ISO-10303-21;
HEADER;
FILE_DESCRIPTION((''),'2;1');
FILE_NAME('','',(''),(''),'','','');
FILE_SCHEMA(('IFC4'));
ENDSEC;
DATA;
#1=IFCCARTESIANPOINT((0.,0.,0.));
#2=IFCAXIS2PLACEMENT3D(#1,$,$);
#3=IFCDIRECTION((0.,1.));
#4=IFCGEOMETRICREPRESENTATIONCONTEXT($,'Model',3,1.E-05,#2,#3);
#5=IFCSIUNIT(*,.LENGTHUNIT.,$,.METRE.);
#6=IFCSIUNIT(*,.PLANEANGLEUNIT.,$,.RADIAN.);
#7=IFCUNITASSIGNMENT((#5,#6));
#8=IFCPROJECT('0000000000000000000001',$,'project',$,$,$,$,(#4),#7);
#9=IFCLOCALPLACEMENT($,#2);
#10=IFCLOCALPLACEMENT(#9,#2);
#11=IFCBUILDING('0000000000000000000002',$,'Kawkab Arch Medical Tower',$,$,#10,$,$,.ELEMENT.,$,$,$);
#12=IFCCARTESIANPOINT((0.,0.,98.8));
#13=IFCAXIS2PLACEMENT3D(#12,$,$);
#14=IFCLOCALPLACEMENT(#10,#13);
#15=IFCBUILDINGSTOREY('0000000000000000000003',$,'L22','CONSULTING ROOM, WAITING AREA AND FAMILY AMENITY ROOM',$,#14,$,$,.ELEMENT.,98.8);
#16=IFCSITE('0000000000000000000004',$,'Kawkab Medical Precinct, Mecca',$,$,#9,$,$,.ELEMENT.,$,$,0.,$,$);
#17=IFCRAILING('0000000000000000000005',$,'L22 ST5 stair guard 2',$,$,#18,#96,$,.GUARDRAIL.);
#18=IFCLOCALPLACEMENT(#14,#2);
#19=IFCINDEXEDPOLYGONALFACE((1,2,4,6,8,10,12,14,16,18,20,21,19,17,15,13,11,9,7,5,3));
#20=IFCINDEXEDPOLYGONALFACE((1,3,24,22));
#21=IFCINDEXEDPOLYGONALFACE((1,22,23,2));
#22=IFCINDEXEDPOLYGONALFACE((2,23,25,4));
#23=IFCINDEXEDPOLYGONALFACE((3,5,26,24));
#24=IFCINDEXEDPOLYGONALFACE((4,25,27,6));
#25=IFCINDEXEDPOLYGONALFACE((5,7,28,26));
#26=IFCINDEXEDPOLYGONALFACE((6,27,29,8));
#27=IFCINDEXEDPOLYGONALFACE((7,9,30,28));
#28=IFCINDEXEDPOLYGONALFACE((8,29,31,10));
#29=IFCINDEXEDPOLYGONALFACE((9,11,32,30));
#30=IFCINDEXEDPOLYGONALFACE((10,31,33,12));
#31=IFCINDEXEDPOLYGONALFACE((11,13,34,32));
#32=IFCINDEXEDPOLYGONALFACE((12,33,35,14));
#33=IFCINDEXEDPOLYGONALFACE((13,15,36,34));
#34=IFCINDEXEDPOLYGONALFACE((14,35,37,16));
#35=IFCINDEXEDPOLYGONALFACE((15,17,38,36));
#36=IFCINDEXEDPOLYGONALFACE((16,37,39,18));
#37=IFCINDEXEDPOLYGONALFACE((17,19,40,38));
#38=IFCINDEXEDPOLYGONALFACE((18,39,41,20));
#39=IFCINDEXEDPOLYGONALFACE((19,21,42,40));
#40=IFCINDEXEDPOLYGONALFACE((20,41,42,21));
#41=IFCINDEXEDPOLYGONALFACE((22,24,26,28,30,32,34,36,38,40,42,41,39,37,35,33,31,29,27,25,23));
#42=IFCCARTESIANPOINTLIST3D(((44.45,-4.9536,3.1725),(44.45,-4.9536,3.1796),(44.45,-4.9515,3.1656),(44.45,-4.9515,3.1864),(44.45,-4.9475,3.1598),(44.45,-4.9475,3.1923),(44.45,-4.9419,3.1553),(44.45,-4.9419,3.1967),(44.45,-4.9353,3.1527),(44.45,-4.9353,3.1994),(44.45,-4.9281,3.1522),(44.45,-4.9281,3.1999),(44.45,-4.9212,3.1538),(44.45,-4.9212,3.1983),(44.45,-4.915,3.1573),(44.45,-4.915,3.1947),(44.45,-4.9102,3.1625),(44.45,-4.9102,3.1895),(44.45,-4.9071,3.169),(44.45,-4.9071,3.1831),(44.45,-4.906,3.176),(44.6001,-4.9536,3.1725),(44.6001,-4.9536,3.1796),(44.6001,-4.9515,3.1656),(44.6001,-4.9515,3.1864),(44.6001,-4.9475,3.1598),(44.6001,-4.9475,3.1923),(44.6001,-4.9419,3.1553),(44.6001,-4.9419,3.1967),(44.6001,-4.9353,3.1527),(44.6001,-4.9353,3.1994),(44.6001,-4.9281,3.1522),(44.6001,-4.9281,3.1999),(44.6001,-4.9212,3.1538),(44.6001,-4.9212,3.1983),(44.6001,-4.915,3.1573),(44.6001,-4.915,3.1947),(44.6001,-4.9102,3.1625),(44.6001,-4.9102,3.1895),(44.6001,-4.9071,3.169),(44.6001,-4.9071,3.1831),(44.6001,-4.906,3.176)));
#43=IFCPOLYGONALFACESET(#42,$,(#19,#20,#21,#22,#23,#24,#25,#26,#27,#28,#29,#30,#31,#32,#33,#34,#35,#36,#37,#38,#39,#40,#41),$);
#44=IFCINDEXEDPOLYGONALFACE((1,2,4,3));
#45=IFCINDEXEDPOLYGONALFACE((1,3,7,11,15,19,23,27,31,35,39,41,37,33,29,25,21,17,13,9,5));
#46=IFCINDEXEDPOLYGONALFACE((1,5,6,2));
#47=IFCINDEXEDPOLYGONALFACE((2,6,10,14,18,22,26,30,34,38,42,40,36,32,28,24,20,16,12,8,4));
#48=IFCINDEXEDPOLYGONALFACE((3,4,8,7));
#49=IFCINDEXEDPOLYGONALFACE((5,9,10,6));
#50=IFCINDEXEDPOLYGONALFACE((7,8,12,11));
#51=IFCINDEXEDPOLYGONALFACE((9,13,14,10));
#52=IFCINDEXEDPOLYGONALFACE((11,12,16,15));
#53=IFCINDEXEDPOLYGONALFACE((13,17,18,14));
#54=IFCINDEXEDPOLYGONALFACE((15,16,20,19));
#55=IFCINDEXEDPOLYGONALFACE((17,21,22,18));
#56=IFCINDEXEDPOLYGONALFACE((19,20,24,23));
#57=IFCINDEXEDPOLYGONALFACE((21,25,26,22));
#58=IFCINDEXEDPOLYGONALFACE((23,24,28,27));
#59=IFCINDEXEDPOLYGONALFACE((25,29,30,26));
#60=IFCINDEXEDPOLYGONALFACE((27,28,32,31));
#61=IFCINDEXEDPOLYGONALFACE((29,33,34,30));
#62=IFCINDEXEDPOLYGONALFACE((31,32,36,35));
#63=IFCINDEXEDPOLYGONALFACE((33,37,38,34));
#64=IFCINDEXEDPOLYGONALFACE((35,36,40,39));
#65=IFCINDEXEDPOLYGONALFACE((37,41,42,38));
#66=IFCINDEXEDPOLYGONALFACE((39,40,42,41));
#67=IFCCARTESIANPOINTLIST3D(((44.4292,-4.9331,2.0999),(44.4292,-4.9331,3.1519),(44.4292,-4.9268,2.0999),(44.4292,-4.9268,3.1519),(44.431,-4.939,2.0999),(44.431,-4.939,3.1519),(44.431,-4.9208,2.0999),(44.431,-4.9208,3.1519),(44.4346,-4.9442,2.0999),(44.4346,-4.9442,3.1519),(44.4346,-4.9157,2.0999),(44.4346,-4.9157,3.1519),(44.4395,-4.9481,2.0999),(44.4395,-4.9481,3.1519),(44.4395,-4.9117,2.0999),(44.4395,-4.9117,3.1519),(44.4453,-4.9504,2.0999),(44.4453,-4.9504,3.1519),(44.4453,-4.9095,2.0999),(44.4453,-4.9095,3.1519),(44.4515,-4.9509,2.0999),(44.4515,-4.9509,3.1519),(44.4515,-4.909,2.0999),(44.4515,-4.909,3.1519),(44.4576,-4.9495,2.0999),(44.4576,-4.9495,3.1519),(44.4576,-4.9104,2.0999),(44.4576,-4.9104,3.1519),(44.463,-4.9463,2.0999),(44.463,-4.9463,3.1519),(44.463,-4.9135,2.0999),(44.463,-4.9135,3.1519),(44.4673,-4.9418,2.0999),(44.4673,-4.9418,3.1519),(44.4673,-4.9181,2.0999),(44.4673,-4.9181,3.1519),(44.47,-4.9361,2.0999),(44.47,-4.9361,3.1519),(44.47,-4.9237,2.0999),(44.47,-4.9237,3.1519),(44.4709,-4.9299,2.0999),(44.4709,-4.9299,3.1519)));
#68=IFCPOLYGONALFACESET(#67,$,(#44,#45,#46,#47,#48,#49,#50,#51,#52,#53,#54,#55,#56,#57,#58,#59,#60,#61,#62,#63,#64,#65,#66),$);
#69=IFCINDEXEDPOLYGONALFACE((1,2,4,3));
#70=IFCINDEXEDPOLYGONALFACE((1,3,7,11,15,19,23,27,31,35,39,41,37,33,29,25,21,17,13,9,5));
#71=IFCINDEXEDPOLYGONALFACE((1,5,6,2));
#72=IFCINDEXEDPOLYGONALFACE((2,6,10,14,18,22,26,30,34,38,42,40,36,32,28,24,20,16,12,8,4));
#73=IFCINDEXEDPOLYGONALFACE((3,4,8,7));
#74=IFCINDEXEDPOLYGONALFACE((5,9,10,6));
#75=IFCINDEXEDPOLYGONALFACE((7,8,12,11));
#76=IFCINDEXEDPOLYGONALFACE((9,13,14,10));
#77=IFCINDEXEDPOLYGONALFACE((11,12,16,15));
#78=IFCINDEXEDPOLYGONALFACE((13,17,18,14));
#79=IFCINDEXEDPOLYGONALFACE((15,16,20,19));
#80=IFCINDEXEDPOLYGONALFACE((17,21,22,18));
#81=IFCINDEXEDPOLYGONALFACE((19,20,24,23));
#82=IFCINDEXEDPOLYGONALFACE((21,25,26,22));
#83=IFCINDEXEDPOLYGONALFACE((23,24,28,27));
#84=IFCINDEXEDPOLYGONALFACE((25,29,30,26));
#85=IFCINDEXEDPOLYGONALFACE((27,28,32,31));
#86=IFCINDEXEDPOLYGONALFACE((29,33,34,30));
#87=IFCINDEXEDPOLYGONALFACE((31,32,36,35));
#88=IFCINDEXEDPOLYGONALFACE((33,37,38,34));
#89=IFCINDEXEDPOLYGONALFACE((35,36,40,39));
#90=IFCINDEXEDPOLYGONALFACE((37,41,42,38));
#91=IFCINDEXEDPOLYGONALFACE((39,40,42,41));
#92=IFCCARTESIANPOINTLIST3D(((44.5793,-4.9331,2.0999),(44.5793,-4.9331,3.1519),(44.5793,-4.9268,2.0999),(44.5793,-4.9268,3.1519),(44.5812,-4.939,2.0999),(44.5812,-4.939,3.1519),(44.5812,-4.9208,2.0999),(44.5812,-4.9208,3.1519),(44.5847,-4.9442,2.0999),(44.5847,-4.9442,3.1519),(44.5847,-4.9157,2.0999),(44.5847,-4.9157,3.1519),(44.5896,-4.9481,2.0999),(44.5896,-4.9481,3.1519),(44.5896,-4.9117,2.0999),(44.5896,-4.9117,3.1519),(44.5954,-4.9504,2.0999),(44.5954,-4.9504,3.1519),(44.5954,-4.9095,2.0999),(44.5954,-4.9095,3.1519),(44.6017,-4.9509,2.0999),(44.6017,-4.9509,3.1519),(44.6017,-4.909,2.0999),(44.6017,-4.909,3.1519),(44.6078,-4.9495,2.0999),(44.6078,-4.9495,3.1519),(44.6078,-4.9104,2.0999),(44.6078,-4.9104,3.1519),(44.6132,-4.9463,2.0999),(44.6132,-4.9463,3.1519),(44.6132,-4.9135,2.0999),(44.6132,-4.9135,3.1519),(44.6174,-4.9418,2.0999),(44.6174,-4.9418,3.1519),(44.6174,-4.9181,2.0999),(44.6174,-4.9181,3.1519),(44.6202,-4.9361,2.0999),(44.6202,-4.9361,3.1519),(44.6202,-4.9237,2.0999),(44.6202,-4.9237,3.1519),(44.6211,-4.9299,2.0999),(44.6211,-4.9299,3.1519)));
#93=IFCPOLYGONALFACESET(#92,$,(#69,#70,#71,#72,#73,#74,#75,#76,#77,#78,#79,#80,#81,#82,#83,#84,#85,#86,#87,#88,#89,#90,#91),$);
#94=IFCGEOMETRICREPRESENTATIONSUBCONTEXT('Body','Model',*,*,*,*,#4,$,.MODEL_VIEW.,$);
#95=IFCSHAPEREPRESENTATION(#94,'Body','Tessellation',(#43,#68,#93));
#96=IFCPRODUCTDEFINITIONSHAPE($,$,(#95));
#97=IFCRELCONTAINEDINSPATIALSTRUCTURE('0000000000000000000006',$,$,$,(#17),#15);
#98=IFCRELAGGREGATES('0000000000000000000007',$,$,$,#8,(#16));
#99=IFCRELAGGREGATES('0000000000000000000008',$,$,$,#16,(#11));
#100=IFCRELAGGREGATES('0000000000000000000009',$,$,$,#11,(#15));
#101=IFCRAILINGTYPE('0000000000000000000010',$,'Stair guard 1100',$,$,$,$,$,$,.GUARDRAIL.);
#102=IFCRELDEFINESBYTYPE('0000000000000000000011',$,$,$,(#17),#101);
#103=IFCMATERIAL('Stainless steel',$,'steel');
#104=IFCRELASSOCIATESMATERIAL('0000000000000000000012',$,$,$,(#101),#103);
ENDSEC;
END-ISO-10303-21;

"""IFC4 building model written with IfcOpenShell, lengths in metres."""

from ifc_helpers import new_model, si_unit, direction, frame, origin, origin_2d, place, context, subcontext, project, spatial, circle, extrude, material, type_object, element, save


model = new_model("IFC4")

# Units and contexts
model_context = context("Model", 3, precision=1e-05, world=origin(), true_north=direction((0.0, 1.0)))
body_context = subcontext(model_context, "Body", "Model", "MODEL_VIEW")
ifc_project = project(units=[si_unit("LENGTHUNIT", "METRE"), si_unit("PLANEANGLEUNIT", "RADIAN")], contexts=[model_context])

# Site, building, storey
site_placement = place(None, origin())
site = spatial("IfcSite", under=ifc_project, at=site_placement, Name="Kawkab Medical Precinct, Mecca", CompositionType="ELEMENT", RefElevation=0.0)
building_placement = place(site_placement, origin())
building = spatial("IfcBuilding", under=site, at=building_placement, Name="Kawkab Arch Medical Tower", CompositionType="ELEMENT")
storey_placement = place(building_placement, frame((0.0, 0.0, 98.8)))
storey = spatial("IfcBuildingStorey", under=building, at=storey_placement, Name="L22", Description="CONSULTING ROOM, WAITING AREA AND FAMILY AMENITY ROOM", CompositionType="ELEMENT", Elevation=98.8)

# Railing
ifc_material_1 = material(Name="Stainless steel", Category="steel")
railing_type = type_object("IfcRailingType", Name="Stair guard 1100", PredefinedType="GUARDRAIL", material=ifc_material_1)
railing_1_placement = place(storey_placement, frame((44.45, -4.9299, 2.0999)))
element("IfcRailing", 1, at=railing_1_placement, inside=storey, type_object=railing_type, Name="L22 ST5 stair guard 2", PredefinedType="GUARDRAIL", context=body_context, shape_type="SweptSolid", body=[
    extrude(circle(Radius=0.0239, at=origin_2d()), frame((0.0, 0.0, 1.0762), z_axis=(1.0, 0.0, 0.0), x_axis=(0.0, 1.0, 0.0)), (0.0, 0.0, 1.0), 0.1501),
    extrude(circle(Radius=0.021, at=origin_2d()), origin(), (0.0, 0.0, 1.0), 1.052),
    extrude(circle(Radius=0.021, at=origin_2d()), frame((0.1501, 0.0, 0.0)), (0.0, 0.0, 1.0), 1.052),
])

save(model, "model.ifc")
